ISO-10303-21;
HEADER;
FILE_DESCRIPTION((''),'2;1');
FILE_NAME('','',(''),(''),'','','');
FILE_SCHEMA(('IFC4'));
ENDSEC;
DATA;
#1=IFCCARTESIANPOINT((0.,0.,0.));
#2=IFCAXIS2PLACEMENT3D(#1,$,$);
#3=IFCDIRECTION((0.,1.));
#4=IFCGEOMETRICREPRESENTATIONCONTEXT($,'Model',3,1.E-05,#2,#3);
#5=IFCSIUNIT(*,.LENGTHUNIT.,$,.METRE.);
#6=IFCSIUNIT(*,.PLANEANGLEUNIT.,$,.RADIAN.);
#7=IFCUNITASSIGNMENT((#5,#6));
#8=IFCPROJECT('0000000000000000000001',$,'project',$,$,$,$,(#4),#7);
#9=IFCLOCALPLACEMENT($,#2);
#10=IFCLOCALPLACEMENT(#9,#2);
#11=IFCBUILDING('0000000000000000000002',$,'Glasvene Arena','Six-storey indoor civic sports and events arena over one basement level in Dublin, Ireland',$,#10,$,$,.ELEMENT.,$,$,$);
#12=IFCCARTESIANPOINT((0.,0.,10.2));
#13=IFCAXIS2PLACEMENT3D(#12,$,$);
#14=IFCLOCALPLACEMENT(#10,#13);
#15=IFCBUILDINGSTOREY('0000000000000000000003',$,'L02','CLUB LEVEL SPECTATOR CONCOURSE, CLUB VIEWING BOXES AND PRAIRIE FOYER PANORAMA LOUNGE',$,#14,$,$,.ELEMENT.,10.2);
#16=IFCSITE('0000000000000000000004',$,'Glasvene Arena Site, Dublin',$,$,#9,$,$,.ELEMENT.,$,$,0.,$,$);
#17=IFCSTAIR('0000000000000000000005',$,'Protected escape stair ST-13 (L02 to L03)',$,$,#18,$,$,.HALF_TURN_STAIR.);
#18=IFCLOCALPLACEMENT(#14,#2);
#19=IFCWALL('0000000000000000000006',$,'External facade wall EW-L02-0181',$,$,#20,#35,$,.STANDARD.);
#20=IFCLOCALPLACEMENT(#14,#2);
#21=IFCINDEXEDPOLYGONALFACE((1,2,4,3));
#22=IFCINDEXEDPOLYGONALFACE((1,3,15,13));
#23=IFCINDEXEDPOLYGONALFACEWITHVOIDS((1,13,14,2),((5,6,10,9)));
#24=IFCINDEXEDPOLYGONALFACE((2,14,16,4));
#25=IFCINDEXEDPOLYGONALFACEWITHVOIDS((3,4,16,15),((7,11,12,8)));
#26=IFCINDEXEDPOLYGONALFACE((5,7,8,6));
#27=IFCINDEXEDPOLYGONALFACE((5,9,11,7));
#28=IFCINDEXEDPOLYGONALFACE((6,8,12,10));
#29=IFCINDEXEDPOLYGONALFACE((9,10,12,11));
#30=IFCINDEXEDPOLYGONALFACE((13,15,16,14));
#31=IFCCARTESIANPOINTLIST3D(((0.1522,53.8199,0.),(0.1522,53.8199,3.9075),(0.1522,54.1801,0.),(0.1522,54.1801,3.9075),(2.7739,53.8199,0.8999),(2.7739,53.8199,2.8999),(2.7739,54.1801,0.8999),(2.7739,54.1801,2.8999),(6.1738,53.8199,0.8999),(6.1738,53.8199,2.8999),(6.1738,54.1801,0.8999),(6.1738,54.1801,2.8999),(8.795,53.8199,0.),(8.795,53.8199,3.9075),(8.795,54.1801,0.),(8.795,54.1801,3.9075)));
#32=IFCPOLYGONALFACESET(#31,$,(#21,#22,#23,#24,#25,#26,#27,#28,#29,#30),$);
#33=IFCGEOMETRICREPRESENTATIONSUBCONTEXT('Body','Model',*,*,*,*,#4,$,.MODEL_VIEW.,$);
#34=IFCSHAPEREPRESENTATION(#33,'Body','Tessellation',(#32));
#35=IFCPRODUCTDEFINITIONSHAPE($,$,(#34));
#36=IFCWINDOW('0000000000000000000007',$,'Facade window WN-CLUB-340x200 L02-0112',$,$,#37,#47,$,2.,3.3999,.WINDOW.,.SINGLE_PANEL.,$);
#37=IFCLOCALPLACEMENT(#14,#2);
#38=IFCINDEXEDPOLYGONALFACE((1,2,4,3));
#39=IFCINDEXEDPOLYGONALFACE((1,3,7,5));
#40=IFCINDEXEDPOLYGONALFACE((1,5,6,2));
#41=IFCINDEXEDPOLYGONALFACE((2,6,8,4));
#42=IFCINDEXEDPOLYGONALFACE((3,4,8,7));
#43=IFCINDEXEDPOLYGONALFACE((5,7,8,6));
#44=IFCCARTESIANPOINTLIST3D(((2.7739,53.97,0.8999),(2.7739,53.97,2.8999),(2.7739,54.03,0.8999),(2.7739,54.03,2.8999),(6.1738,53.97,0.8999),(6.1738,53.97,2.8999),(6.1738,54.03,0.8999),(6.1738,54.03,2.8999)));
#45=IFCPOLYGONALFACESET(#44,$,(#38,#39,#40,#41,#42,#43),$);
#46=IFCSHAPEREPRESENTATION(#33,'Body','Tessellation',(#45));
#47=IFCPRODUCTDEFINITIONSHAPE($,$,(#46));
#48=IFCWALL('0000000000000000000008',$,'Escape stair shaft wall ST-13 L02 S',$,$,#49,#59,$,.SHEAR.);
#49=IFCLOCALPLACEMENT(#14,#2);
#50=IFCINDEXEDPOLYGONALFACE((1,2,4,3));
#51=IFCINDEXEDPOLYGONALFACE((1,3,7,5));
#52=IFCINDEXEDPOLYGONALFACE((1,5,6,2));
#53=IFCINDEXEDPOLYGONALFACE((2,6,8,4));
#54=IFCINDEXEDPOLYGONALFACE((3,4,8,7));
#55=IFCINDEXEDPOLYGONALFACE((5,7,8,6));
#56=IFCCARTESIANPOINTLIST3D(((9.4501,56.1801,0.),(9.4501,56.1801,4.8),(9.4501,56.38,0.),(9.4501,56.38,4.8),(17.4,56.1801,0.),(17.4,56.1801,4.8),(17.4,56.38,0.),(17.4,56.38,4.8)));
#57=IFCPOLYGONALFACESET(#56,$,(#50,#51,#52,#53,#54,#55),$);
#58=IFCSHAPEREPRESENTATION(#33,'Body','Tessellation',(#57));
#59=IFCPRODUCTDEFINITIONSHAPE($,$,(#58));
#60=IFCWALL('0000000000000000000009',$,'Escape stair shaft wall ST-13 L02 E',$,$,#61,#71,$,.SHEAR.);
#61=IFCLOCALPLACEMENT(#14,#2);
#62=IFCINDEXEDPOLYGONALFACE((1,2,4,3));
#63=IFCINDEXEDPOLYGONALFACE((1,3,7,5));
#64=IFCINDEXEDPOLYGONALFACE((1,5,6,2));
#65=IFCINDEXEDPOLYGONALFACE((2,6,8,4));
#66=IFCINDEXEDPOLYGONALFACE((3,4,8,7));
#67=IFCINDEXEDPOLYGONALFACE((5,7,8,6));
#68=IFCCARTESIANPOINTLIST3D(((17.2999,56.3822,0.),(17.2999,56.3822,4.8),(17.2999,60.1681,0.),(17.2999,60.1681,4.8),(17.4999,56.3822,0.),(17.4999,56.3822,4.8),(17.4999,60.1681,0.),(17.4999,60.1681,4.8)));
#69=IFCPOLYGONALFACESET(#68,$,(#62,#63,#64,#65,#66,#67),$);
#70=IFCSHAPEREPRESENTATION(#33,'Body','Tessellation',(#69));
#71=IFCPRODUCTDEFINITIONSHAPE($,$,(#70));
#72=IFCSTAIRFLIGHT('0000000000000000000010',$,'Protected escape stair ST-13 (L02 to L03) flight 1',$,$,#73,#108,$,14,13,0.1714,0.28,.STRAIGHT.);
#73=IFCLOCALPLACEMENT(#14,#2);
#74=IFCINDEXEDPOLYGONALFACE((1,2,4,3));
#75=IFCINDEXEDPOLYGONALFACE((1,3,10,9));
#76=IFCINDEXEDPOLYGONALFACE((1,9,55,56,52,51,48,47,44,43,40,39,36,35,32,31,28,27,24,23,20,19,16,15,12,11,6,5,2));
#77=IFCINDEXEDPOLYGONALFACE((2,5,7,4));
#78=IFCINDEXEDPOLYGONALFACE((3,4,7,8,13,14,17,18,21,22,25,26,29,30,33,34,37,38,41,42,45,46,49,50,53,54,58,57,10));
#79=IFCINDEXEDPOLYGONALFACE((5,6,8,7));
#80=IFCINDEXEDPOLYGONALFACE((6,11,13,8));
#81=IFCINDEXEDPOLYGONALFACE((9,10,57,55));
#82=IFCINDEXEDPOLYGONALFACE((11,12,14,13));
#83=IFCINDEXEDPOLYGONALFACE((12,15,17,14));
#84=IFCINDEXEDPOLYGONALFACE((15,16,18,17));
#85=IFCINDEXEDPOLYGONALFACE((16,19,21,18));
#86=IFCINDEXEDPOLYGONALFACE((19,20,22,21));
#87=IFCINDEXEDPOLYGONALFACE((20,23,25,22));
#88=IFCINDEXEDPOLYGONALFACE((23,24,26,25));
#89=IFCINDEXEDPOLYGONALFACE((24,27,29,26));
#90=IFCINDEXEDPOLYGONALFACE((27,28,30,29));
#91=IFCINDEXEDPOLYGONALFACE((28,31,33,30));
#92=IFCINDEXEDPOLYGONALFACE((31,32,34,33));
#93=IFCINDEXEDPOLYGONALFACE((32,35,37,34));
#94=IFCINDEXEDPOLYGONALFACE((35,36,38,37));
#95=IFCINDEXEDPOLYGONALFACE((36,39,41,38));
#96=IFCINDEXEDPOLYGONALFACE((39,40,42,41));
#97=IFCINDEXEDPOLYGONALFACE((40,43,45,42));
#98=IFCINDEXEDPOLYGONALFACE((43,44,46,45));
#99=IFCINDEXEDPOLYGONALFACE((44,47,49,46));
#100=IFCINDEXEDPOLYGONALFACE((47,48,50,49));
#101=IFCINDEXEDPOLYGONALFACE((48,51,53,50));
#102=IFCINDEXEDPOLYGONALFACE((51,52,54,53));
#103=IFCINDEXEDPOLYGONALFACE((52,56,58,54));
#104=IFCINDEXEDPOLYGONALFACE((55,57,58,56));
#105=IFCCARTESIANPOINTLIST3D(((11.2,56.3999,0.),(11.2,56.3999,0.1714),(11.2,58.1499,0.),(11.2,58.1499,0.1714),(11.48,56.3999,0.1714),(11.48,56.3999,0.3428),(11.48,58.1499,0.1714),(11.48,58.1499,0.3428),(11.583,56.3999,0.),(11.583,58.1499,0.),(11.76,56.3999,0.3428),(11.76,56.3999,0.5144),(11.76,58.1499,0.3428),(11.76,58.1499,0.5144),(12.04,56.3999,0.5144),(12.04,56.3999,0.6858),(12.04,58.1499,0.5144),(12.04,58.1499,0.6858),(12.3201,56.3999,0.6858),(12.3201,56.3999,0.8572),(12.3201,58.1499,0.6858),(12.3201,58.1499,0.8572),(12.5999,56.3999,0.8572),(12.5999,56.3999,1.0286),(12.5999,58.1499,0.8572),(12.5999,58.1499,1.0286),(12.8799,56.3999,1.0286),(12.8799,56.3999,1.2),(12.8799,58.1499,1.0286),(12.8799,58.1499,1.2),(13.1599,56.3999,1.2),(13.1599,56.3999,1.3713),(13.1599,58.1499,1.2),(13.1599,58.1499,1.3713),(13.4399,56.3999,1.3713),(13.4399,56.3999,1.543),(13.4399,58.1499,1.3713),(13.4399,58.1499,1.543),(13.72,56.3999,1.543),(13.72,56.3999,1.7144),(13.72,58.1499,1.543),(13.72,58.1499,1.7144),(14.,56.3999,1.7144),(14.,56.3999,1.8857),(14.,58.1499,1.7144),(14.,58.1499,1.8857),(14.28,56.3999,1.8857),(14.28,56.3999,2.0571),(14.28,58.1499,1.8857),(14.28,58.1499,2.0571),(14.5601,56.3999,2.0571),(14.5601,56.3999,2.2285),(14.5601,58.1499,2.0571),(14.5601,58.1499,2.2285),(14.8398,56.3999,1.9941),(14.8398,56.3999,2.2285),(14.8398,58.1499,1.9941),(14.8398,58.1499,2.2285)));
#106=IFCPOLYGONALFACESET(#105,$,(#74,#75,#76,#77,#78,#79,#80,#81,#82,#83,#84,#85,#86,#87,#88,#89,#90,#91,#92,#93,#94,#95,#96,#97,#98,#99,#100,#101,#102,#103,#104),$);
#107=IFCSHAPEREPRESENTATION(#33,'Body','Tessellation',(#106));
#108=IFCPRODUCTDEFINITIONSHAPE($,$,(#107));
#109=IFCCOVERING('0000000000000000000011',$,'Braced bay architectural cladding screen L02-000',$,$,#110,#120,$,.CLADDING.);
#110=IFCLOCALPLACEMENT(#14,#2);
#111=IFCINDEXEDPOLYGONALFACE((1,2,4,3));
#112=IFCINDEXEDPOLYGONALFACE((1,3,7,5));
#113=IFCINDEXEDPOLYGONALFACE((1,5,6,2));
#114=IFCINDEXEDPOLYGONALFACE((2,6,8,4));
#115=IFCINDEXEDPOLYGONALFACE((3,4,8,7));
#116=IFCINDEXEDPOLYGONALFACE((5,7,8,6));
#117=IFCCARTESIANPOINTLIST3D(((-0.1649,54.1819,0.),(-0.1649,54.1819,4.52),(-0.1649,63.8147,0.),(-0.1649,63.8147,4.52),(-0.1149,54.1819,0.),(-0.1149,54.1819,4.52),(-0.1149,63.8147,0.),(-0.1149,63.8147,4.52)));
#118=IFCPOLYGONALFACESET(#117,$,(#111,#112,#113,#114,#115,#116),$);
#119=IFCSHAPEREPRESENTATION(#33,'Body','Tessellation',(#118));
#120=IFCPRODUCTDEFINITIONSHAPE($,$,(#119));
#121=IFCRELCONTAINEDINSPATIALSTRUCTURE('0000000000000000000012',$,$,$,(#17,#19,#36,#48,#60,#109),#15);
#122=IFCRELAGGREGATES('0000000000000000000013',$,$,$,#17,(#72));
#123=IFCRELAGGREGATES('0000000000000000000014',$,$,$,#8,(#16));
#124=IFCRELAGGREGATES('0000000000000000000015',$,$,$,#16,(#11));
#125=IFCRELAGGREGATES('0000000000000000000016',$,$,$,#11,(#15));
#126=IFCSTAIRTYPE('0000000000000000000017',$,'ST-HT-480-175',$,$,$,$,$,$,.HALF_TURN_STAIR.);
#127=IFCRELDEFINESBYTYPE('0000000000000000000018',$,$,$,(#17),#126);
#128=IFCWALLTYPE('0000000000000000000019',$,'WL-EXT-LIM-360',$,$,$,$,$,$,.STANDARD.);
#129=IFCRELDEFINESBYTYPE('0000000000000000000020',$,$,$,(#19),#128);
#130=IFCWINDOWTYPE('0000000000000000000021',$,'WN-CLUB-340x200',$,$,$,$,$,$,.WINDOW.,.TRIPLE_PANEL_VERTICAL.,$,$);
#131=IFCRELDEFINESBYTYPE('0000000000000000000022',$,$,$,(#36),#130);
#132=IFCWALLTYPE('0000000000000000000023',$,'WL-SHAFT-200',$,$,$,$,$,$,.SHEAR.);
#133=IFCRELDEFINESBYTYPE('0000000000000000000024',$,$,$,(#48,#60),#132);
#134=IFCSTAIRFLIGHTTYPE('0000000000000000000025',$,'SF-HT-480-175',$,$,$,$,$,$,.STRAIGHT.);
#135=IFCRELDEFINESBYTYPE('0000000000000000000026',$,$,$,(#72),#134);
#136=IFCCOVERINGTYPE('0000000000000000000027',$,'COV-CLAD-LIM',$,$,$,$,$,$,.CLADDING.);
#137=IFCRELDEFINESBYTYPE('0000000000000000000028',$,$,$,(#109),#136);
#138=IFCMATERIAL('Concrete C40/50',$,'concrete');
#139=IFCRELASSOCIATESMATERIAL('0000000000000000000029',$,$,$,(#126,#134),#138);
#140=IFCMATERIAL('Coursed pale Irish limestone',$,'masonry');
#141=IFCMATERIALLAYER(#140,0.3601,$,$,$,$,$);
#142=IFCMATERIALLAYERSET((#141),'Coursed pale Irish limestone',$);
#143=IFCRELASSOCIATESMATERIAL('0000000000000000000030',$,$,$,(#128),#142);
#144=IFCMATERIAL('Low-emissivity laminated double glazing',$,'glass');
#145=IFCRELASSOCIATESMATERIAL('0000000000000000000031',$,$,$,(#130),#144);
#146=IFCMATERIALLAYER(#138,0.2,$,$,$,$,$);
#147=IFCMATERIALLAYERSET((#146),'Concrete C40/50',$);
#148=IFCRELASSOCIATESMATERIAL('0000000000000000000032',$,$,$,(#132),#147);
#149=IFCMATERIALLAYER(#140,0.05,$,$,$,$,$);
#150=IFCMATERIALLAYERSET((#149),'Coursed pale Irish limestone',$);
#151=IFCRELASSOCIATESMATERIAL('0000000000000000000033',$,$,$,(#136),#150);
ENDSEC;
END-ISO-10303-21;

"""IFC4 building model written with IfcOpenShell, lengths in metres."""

from ifc_helpers import new_model, si_unit, direction, frame, frame_2d, origin, origin_2d, place, context, subcontext, project, spatial, polyline, rectangle, outline, extrude, material, layer, layer_set, type_object, element, fill, aggregate, save


model = new_model("IFC4")

# Units and contexts
model_context = context("Model", 3, precision=1e-05, world=origin(), true_north=direction((0.0, 1.0)))
body_context = subcontext(model_context, "Body", "Model", "MODEL_VIEW")
ifc_project = project(units=[si_unit("LENGTHUNIT", "METRE"), si_unit("PLANEANGLEUNIT", "RADIAN")], contexts=[model_context])

# Site, building, storey
site_placement = place(None, origin())
site = spatial("IfcSite", under=ifc_project, at=site_placement, Name="Glasvene Arena Site, Dublin", CompositionType="ELEMENT", RefElevation=0.0)
building_placement = place(site_placement, origin())
building = spatial("IfcBuilding", under=site, at=building_placement, Name="Glasvene Arena", Description="Six-storey indoor civic sports and events arena over one basement level in Dublin, Ireland", CompositionType="ELEMENT")
storey_placement = place(building_placement, frame((0.0, 0.0, 10.2)))
storey = spatial("IfcBuildingStorey", under=building, at=storey_placement, Name="L02", Description="CLUB LEVEL SPECTATOR CONCOURSE, CLUB VIEWING BOXES AND PRAIRIE FOYER PANORAMA LOUNGE", CompositionType="ELEMENT", Elevation=10.2)

# Shared definitions
ifc_material_1 = material(Name="Low-emissivity laminated double glazing", Category="glass")

# Shared definitions
ifc_material_2 = material(Name="Concrete C40/50", Category="concrete")

# Stair
stair_type = type_object("IfcStairType", Name="ST-HT-480-175", PredefinedType="HALF_TURN_STAIR", material=ifc_material_2)
stair_placement = place(storey_placement, origin())
stair = element("IfcStair", 1, at=stair_placement, inside=storey, type_object=stair_type, Name="Protected escape stair ST-13 (L02 to L03)", PredefinedType="HALF_TURN_STAIR")

# Wall, opening, window
ifc_material_3 = material(Name="Coursed pale Irish limestone", Category="masonry")
ifc_layer_1 = layer(ifc_material_3, 0.3601)
ifc_layer_set_1 = layer_set([ifc_layer_1], Name="Coursed pale Irish limestone")
wall_type_1 = type_object("IfcWallType", Name="WL-EXT-LIM-360", PredefinedType="STANDARD", material=ifc_layer_set_1)
window_type = type_object("IfcWindowType", Name="WN-CLUB-340x200", PartitioningType="TRIPLE_PANEL_VERTICAL", PredefinedType="WINDOW", material=ifc_material_1)
wall_1_placement = place(storey_placement, frame((8.7949, 54.0, 0.0), z_axis=(0.0, 0.0, 1.0), x_axis=(-1.0, 0.0, 0.0)))
wall_1 = element("IfcWall", 2, at=wall_1_placement, inside=storey, type_object=wall_type_1, Name="External facade wall EW-L02-0181", PredefinedType="STANDARD", context=body_context, shape_type="SweptSolid", body=[
    extrude(rectangle(XDim=8.6428, YDim=0.3601, at=frame_2d((4.3213, 0.0))), origin(), (0.0, 0.0, 1.0), 3.9075),
])
opening_1_placement = place(wall_1_placement, frame((2.6211, 0.0, 0.8999)))
opening_1 = element("IfcOpeningElement", 3, at=opening_1_placement, cuts=wall_1, PredefinedType="OPENING", context=body_context, shape_type="SweptSolid", body=[
    extrude(rectangle(XDim=3.3999, YDim=2.0, at=frame_2d((1.7, 1.0))), frame((0.0, 0.1899, 0.0), z_axis=(0.0, -1.0, 0.0), x_axis=(1.0, 0.0, 0.0)), (0.0, 0.0, 1.0), 0.3801),
])
window_1_placement = place(opening_1_placement, origin())
window_1 = element("IfcWindow", 4, at=window_1_placement, inside=storey, type_object=window_type, Name="Facade window WN-CLUB-340x200 L02-0112", OverallHeight=2.0, OverallWidth=3.3999, PartitioningType="SINGLE_PANEL", PredefinedType="WINDOW", context=body_context, shape_type="SweptSolid", body=[
    extrude(rectangle(XDim=3.3999, YDim=2.0, at=frame_2d((1.7, 1.0))), frame((0.0, 0.03, 0.0), z_axis=(0.0, -1.0, 0.0), x_axis=(1.0, 0.0, 0.0)), (0.0, 0.0, 1.0), 0.0601),
])
fill(opening_1, window_1)

# Wall
ifc_layer_2 = layer(ifc_material_2, 0.2)
ifc_layer_set_2 = layer_set([ifc_layer_2], Name="Concrete C40/50")
wall_type_2 = type_object("IfcWallType", Name="WL-SHAFT-200", PredefinedType="SHEAR", material=ifc_layer_set_2)
wall_2_placement = place(storey_placement, frame((9.45, 56.28, 0.0), z_axis=(0.0, 0.0, 1.0), x_axis=(1.0, 0.0, 0.0)))
element("IfcWall", 5, at=wall_2_placement, inside=storey, type_object=wall_type_2, Name="Escape stair shaft wall ST-13 L02 S", PredefinedType="SHEAR", context=body_context, shape_type="SweptSolid", body=[
    extrude(rectangle(XDim=7.95, YDim=0.2, at=frame_2d((3.9751, 0.0))), origin(), (0.0, 0.0, 1.0), 4.8),
])

# Wall
wall_3_placement = place(storey_placement, frame((17.3999, 56.3821, 0.0), z_axis=(0.0, 0.0, 1.0), x_axis=(0.0, 1.0, 0.0)))
element("IfcWall", 6, at=wall_3_placement, inside=storey, type_object=wall_type_2, Name="Escape stair shaft wall ST-13 L02 E", PredefinedType="SHEAR", context=body_context, shape_type="SweptSolid", body=[
    extrude(rectangle(XDim=3.7859, YDim=0.2, at=frame_2d((1.8931, 0.0))), origin(), (0.0, 0.0, 1.0), 4.8),
])

# Stair flight
stair_flight_type = type_object("IfcStairFlightType", Name="SF-HT-480-175", PredefinedType="STRAIGHT", material=ifc_material_2)
stair_flight_placement = place(storey_placement, frame((11.2, 57.2749, 0.0), z_axis=(0.0, 0.0, 1.0), x_axis=(1.0, 0.0, 0.0)))
stair_flight = element("IfcStairFlight", 7, at=stair_flight_placement, type_object=stair_flight_type, Name="Protected escape stair ST-13 (L02 to L03) flight 1", NumberOfRisers=14, NumberOfTreads=13, PredefinedType="STRAIGHT", RiserHeight=0.1714, TreadLength=0.28, context=body_context, shape_type="SweptSolid", body=[
    extrude(outline(polyline([(0.0, 0.0), (0.0, 0.1714), (0.28, 0.1714), (0.28, 0.3428), (0.5601, 0.3428), (0.5601, 0.5144), (0.8401, 0.5144), (0.8401, 0.6858), (1.1201, 0.6858), (1.1201, 0.8572), (1.3999, 0.8572), (1.3999, 1.0286), (1.6799, 1.0286), (1.6799, 1.2), (1.96, 1.2), (1.96, 1.3713), (2.24, 1.3713), (2.24, 1.543), (2.52, 1.543), (2.52, 1.7144), (2.8, 1.7144), (2.8, 1.8857), (3.0801, 1.8857), (3.0801, 2.0571), (3.3601, 2.0571), (3.3601, 2.2285), (3.6399, 2.2285), (3.6399, 2.3999), (3.6399, 1.9941), (0.3831, 0.0), (0.0, 0.0)])), frame((0.0, 0.875, 0.0), z_axis=(0.0, -1.0, 0.0), x_axis=(1.0, 0.0, 0.0)), (0.0, 0.0, 1.0), 1.75),
])
aggregate(stair, [stair_flight])

# Covering
ifc_layer_3 = layer(ifc_material_3, 0.05)
ifc_layer_set_3 = layer_set([ifc_layer_3], Name="Coursed pale Irish limestone")
covering_type = type_object("IfcCoveringType", Name="COV-CLAD-LIM", PredefinedType="CLADDING", material=ifc_layer_set_3)
covering_placement = place(storey_placement, frame((-0.1399, 58.9983, 0.0), z_axis=(0.0, 0.0, 1.0), x_axis=(0.0, 1.0, 0.0)))
element("IfcCovering", 8, at=covering_placement, inside=storey, type_object=covering_type, Name="Braced bay architectural cladding screen L02-000", PredefinedType="CLADDING", context=body_context, shape_type="SweptSolid", body=[
    extrude(rectangle(XDim=9.6328, YDim=0.05, at=origin_2d()), origin(), (0.0, 0.0, 1.0), 4.52),
])

save(model, "model.ifc")
